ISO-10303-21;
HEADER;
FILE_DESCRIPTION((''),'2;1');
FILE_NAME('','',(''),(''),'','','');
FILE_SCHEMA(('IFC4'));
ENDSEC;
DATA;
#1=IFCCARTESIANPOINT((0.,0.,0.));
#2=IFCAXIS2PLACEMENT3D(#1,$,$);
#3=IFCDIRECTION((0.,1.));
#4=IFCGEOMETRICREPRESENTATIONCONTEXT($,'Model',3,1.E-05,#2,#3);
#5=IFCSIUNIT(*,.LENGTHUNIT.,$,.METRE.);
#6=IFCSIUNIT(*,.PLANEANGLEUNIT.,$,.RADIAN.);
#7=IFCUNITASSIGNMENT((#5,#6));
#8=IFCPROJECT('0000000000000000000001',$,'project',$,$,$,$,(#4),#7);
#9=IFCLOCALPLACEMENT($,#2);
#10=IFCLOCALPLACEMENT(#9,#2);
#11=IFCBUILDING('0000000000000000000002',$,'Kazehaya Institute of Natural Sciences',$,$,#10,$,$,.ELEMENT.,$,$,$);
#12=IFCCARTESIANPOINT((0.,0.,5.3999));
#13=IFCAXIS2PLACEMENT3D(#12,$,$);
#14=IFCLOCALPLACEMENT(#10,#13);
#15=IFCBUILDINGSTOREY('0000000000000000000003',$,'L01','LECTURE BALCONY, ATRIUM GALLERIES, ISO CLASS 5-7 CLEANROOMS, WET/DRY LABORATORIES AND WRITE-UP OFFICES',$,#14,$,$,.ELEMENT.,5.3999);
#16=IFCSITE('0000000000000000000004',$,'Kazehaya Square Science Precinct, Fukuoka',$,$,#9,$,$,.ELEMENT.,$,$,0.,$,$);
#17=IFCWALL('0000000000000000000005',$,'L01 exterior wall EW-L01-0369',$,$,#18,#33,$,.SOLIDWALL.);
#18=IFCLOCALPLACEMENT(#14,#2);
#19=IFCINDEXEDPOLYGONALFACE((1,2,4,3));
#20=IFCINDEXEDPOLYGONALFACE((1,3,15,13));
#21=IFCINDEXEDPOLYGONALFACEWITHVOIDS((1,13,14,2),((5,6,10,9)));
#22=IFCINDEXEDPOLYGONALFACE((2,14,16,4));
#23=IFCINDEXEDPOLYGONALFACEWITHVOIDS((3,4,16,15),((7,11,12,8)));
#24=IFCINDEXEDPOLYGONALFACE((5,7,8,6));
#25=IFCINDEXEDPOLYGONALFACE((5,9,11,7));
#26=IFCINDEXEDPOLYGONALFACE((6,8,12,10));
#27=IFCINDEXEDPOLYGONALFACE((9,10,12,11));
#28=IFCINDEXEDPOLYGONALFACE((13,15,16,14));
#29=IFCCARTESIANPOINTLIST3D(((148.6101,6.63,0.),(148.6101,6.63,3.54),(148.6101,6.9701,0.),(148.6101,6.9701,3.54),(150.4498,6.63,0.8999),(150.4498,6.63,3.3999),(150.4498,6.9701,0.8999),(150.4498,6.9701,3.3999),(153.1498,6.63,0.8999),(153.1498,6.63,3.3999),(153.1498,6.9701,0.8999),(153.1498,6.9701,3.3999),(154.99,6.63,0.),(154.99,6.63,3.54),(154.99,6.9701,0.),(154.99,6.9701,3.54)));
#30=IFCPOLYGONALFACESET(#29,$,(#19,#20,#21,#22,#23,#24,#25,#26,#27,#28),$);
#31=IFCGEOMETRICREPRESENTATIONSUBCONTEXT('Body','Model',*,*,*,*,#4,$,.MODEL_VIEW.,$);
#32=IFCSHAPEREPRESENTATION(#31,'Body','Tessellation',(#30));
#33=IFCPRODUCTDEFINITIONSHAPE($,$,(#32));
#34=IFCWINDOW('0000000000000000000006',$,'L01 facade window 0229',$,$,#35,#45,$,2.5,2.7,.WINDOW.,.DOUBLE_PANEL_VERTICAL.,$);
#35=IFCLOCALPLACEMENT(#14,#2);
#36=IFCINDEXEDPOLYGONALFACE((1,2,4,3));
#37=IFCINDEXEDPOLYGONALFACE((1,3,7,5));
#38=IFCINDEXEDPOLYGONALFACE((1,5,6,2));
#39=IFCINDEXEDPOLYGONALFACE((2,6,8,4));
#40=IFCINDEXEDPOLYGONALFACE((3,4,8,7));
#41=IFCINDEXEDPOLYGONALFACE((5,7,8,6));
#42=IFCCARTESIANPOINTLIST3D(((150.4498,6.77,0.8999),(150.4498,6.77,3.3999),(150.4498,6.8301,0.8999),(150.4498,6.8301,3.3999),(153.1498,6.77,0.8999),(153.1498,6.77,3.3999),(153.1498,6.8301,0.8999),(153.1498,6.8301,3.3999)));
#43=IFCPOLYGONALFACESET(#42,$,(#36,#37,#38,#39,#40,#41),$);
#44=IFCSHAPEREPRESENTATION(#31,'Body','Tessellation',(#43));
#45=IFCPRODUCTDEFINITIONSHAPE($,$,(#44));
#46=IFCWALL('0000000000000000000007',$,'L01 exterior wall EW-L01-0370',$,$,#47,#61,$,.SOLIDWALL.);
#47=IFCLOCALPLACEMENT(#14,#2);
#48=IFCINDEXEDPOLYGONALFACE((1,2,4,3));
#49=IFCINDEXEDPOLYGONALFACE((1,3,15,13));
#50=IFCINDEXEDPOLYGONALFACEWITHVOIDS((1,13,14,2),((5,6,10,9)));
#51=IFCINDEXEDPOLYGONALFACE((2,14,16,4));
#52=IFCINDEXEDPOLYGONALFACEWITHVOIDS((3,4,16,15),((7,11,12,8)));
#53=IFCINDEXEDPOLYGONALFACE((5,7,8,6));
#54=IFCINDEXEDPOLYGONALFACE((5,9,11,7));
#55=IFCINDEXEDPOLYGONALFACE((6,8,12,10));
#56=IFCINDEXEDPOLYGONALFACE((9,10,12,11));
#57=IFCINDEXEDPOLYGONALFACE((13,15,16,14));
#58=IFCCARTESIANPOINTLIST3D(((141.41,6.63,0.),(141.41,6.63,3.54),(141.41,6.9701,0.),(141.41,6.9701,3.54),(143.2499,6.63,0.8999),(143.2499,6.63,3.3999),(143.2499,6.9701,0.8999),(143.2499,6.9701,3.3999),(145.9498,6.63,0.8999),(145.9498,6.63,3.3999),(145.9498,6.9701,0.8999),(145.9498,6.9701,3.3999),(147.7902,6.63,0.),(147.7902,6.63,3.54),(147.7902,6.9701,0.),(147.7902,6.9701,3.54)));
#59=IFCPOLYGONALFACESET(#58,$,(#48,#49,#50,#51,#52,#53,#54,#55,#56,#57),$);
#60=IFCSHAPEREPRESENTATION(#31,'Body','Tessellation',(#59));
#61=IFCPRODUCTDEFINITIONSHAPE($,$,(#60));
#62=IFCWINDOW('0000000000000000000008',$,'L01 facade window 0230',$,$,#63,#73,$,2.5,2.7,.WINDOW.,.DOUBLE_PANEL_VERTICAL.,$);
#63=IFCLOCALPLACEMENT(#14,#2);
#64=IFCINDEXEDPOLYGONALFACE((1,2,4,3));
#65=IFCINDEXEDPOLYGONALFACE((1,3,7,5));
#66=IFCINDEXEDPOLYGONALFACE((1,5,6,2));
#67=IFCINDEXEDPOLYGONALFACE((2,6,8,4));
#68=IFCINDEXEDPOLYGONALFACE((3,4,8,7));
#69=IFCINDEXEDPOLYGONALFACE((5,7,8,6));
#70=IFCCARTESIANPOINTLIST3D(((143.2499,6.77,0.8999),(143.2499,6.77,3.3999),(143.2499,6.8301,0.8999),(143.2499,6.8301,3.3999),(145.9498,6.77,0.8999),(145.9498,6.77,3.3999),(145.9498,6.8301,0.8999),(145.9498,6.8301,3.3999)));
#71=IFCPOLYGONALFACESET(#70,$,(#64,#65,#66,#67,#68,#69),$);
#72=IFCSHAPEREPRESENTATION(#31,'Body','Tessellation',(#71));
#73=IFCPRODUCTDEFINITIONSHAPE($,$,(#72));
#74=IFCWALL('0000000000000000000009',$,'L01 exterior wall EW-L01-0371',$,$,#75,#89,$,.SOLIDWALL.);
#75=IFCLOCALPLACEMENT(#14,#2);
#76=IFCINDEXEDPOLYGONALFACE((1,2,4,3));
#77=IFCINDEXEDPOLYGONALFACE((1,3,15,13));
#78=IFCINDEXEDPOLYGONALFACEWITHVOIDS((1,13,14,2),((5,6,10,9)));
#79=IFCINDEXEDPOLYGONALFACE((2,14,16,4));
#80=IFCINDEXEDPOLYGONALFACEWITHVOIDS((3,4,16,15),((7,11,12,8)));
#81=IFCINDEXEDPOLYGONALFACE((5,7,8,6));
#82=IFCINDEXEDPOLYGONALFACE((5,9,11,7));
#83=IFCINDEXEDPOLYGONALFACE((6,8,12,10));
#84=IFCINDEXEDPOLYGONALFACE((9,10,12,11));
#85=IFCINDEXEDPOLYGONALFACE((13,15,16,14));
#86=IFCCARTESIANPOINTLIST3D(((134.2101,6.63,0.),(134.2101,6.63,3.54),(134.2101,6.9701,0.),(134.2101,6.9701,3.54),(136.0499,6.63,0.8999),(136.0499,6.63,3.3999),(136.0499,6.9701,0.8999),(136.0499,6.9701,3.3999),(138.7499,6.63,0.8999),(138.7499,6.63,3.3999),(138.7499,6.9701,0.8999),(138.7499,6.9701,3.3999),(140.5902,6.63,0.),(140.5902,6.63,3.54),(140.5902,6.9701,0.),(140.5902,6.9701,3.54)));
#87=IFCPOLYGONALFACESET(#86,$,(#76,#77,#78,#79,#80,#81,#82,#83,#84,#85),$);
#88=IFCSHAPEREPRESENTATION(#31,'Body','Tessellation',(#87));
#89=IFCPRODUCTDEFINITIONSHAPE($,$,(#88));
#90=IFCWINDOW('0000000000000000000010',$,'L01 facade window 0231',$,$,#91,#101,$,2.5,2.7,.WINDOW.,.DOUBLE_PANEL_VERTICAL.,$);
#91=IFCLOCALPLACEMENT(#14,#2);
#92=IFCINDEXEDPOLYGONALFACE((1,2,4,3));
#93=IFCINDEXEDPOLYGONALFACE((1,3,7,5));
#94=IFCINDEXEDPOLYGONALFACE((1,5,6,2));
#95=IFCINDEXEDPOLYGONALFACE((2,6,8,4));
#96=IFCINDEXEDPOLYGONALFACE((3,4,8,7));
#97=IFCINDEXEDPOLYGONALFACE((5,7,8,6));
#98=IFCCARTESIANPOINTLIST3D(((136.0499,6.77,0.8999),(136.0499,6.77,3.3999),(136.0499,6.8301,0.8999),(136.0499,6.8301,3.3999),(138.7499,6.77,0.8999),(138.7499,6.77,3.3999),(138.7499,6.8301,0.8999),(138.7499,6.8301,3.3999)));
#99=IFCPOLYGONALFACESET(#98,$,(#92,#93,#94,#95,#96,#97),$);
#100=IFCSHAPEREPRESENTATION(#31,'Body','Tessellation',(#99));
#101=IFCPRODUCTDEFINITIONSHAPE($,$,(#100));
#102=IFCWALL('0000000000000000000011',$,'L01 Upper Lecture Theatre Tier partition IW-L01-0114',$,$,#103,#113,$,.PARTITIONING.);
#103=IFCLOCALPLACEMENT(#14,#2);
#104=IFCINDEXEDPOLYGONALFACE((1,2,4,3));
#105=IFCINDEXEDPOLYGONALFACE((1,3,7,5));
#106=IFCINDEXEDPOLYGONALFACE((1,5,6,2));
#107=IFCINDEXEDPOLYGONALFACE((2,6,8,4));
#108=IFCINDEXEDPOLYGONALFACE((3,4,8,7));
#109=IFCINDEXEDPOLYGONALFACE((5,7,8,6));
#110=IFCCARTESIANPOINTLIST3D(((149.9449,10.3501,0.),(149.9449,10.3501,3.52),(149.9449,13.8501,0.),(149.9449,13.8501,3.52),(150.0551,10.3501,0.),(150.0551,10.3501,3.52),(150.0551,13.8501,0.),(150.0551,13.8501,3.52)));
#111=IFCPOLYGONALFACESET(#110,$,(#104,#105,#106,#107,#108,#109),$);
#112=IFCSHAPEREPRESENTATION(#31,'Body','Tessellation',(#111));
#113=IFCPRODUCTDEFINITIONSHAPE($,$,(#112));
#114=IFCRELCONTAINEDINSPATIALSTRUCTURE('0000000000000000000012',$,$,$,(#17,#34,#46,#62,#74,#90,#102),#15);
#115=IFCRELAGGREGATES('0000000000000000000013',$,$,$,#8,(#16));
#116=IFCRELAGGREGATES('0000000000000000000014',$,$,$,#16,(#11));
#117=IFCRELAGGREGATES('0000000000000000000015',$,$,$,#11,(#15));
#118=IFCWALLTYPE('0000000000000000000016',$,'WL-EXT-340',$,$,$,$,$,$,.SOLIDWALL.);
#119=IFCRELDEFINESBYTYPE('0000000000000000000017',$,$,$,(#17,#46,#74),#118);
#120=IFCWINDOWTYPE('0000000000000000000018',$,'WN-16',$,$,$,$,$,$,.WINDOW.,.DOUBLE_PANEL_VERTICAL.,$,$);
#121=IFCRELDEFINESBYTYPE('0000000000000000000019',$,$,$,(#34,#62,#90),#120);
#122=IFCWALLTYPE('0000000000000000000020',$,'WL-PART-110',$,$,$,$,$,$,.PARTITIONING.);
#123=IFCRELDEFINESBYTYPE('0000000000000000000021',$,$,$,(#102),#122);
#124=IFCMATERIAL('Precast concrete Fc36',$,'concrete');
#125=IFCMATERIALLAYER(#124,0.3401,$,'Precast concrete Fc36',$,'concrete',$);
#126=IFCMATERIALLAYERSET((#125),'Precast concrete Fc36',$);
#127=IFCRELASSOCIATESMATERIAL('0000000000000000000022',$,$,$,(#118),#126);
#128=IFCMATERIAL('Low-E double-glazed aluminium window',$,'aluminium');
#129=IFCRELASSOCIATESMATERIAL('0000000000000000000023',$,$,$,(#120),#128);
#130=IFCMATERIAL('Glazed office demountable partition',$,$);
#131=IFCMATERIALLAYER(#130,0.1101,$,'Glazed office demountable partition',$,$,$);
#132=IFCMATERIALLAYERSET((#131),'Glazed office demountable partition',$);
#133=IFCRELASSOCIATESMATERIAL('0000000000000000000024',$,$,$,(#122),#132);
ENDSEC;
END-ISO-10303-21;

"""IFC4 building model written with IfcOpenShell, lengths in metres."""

from ifc_helpers import new_model, si_unit, direction, frame, frame_2d, origin, place, context, subcontext, project, spatial, rectangle, extrude, material, layer, layer_set, type_object, element, fill, save


model = new_model("IFC4")

# Units and contexts
model_context = context("Model", 3, precision=1e-05, world=origin(), true_north=direction((0.0, 1.0)))
body_context = subcontext(model_context, "Body", "Model", "MODEL_VIEW")
ifc_project = project(units=[si_unit("LENGTHUNIT", "METRE"), si_unit("PLANEANGLEUNIT", "RADIAN")], contexts=[model_context])

# Site, building, storey
site_placement = place(None, origin())
site = spatial("IfcSite", under=ifc_project, at=site_placement, Name="Kazehaya Square Science Precinct, Fukuoka", CompositionType="ELEMENT", RefElevation=0.0)
building_placement = place(site_placement, origin())
building = spatial("IfcBuilding", under=site, at=building_placement, Name="Kazehaya Institute of Natural Sciences", CompositionType="ELEMENT")
storey_placement = place(building_placement, frame((0.0, 0.0, 5.3999)))
storey = spatial("IfcBuildingStorey", under=building, at=storey_placement, Name="L01", Description="LECTURE BALCONY, ATRIUM GALLERIES, ISO CLASS 5-7 CLEANROOMS, WET/DRY LABORATORIES AND WRITE-UP OFFICES", CompositionType="ELEMENT", Elevation=5.3999)

# Shared definitions
ifc_material_1 = material(Name="Precast concrete Fc36", Category="concrete")

# Walls, openings, windows
ifc_layer_1 = layer(ifc_material_1, 0.3401, Name="Precast concrete Fc36", Category="concrete")
ifc_layer_set_1 = layer_set([ifc_layer_1], Name="Precast concrete Fc36")
wall_type_1 = type_object("IfcWallType", Name="WL-EXT-340", PredefinedType="SOLIDWALL", material=ifc_layer_set_1)
wall_1_placement = place(storey_placement, frame((154.99, 6.8, 0.0), z_axis=(0.0, 0.0, 1.0), x_axis=(-1.0, 0.0, 0.0)))
wall_1 = element("IfcWall", 1, at=wall_1_placement, inside=storey, type_object=wall_type_1, Name="L01 exterior wall EW-L01-0369", PredefinedType="SOLIDWALL", context=body_context, shape_type="SweptSolid", body=[
    extrude(rectangle(XDim=6.3799, YDim=0.3401, at=frame_2d((3.1899, 0.0))), origin(), (0.0, 0.0, 1.0), 3.54),
])
opening_1_placement = place(wall_1_placement, frame((1.8401, 0.0, 0.8999)))
opening_1 = element("IfcOpeningElement", 2, at=opening_1_placement, cuts=wall_1, PredefinedType="OPENING", context=body_context, shape_type="SweptSolid", body=[
    extrude(rectangle(XDim=2.7, YDim=2.5, at=frame_2d((1.3501, 1.25))), frame((0.0, 0.1799, 0.0), z_axis=(0.0, -1.0, 0.0), x_axis=(1.0, 0.0, 0.0)), (0.0, 0.0, 1.0), 0.3601),
])
ifc_material_2 = material(Name="Low-E double-glazed aluminium window", Category="aluminium")
window_type = type_object("IfcWindowType", Name="WN-16", PartitioningType="DOUBLE_PANEL_VERTICAL", PredefinedType="WINDOW", material=ifc_material_2)
window_1_placement = place(opening_1_placement, origin())
window_1 = element("IfcWindow", 3, at=window_1_placement, inside=storey, type_object=window_type, Name="L01 facade window 0229", OverallHeight=2.5, OverallWidth=2.7, PartitioningType="DOUBLE_PANEL_VERTICAL", PredefinedType="WINDOW", context=body_context, shape_type="SweptSolid", body=[
    extrude(rectangle(XDim=2.7, YDim=2.5, at=frame_2d((1.3501, 1.25))), frame((0.0, 0.03, 0.0), z_axis=(0.0, -1.0, 0.0), x_axis=(1.0, 0.0, 0.0)), (0.0, 0.0, 1.0), 0.0601),
])
fill(opening_1, window_1)
wall_2_placement = place(storey_placement, frame((147.79, 6.8, 0.0), z_axis=(0.0, 0.0, 1.0), x_axis=(-1.0, 0.0, 0.0)))
wall_2 = element("IfcWall", 4, at=wall_2_placement, inside=storey, type_object=wall_type_1, Name="L01 exterior wall EW-L01-0370", PredefinedType="SOLIDWALL", context=body_context, shape_type="SweptSolid", body=[
    extrude(rectangle(XDim=6.3801, YDim=0.3401, at=frame_2d((3.1899, 0.0))), origin(), (0.0, 0.0, 1.0), 3.54),
])
opening_2_placement = place(wall_2_placement, frame((1.8401, 0.0, 0.8999)))
opening_2 = element("IfcOpeningElement", 5, at=opening_2_placement, cuts=wall_2, PredefinedType="OPENING", context=body_context, shape_type="SweptSolid", body=[
    extrude(rectangle(XDim=2.7, YDim=2.5, at=frame_2d((1.3501, 1.25))), frame((0.0, 0.1799, 0.0), z_axis=(0.0, -1.0, 0.0), x_axis=(1.0, 0.0, 0.0)), (0.0, 0.0, 1.0), 0.3601),
])
window_2_placement = place(opening_2_placement, origin())
window_2 = element("IfcWindow", 6, at=window_2_placement, inside=storey, type_object=window_type, Name="L01 facade window 0230", OverallHeight=2.5, OverallWidth=2.7, PartitioningType="DOUBLE_PANEL_VERTICAL", PredefinedType="WINDOW", context=body_context, shape_type="SweptSolid", body=[
    extrude(rectangle(XDim=2.7, YDim=2.5, at=frame_2d((1.3501, 1.25))), frame((0.0, 0.03, 0.0), z_axis=(0.0, -1.0, 0.0), x_axis=(1.0, 0.0, 0.0)), (0.0, 0.0, 1.0), 0.0601),
])
fill(opening_2, window_2)
wall_3_placement = place(storey_placement, frame((140.5901, 6.8, 0.0), z_axis=(0.0, 0.0, 1.0), x_axis=(-1.0, 0.0, 0.0)))
wall_3 = element("IfcWall", 7, at=wall_3_placement, inside=storey, type_object=wall_type_1, Name="L01 exterior wall EW-L01-0371", PredefinedType="SOLIDWALL", context=body_context, shape_type="SweptSolid", body=[
    extrude(rectangle(XDim=6.3801, YDim=0.3401, at=frame_2d((3.1899, 0.0))), origin(), (0.0, 0.0, 1.0), 3.54),
])
opening_3_placement = place(wall_3_placement, frame((1.8401, 0.0, 0.8999)))
opening_3 = element("IfcOpeningElement", 8, at=opening_3_placement, cuts=wall_3, PredefinedType="OPENING", context=body_context, shape_type="SweptSolid", body=[
    extrude(rectangle(XDim=2.7, YDim=2.5, at=frame_2d((1.3501, 1.25))), frame((0.0, 0.1799, 0.0), z_axis=(0.0, -1.0, 0.0), x_axis=(1.0, 0.0, 0.0)), (0.0, 0.0, 1.0), 0.3601),
])
window_3_placement = place(opening_3_placement, origin())
window_3 = element("IfcWindow", 9, at=window_3_placement, inside=storey, type_object=window_type, Name="L01 facade window 0231", OverallHeight=2.5, OverallWidth=2.7, PartitioningType="DOUBLE_PANEL_VERTICAL", PredefinedType="WINDOW", context=body_context, shape_type="SweptSolid", body=[
    extrude(rectangle(XDim=2.7, YDim=2.5, at=frame_2d((1.3501, 1.25))), frame((0.0, 0.03, 0.0), z_axis=(0.0, -1.0, 0.0), x_axis=(1.0, 0.0, 0.0)), (0.0, 0.0, 1.0), 0.0601),
])
fill(opening_3, window_3)

# Wall
ifc_material_3 = material(Name="Glazed office demountable partition")
ifc_layer_2 = layer(ifc_material_3, 0.1101, Name="Glazed office demountable partition")
ifc_layer_set_2 = layer_set([ifc_layer_2], Name="Glazed office demountable partition")
wall_type_2 = type_object("IfcWallType", Name="WL-PART-110", PredefinedType="PARTITIONING", material=ifc_layer_set_2)
wall_4_placement = place(storey_placement, frame((150.0, 13.8501, 0.0), z_axis=(0.0, 0.0, 1.0), x_axis=(0.0, -1.0, 0.0)))
element("IfcWall", 10, at=wall_4_placement, inside=storey, type_object=wall_type_2, Name="L01 Upper Lecture Theatre Tier partition IW-L01-0114", PredefinedType="PARTITIONING", context=body_context, shape_type="SweptSolid", body=[
    extrude(rectangle(XDim=3.5, YDim=0.1101, at=frame_2d((1.75, 0.0))), origin(), (0.0, 0.0, 1.0), 3.52),
])

save(model, "model.ifc")
